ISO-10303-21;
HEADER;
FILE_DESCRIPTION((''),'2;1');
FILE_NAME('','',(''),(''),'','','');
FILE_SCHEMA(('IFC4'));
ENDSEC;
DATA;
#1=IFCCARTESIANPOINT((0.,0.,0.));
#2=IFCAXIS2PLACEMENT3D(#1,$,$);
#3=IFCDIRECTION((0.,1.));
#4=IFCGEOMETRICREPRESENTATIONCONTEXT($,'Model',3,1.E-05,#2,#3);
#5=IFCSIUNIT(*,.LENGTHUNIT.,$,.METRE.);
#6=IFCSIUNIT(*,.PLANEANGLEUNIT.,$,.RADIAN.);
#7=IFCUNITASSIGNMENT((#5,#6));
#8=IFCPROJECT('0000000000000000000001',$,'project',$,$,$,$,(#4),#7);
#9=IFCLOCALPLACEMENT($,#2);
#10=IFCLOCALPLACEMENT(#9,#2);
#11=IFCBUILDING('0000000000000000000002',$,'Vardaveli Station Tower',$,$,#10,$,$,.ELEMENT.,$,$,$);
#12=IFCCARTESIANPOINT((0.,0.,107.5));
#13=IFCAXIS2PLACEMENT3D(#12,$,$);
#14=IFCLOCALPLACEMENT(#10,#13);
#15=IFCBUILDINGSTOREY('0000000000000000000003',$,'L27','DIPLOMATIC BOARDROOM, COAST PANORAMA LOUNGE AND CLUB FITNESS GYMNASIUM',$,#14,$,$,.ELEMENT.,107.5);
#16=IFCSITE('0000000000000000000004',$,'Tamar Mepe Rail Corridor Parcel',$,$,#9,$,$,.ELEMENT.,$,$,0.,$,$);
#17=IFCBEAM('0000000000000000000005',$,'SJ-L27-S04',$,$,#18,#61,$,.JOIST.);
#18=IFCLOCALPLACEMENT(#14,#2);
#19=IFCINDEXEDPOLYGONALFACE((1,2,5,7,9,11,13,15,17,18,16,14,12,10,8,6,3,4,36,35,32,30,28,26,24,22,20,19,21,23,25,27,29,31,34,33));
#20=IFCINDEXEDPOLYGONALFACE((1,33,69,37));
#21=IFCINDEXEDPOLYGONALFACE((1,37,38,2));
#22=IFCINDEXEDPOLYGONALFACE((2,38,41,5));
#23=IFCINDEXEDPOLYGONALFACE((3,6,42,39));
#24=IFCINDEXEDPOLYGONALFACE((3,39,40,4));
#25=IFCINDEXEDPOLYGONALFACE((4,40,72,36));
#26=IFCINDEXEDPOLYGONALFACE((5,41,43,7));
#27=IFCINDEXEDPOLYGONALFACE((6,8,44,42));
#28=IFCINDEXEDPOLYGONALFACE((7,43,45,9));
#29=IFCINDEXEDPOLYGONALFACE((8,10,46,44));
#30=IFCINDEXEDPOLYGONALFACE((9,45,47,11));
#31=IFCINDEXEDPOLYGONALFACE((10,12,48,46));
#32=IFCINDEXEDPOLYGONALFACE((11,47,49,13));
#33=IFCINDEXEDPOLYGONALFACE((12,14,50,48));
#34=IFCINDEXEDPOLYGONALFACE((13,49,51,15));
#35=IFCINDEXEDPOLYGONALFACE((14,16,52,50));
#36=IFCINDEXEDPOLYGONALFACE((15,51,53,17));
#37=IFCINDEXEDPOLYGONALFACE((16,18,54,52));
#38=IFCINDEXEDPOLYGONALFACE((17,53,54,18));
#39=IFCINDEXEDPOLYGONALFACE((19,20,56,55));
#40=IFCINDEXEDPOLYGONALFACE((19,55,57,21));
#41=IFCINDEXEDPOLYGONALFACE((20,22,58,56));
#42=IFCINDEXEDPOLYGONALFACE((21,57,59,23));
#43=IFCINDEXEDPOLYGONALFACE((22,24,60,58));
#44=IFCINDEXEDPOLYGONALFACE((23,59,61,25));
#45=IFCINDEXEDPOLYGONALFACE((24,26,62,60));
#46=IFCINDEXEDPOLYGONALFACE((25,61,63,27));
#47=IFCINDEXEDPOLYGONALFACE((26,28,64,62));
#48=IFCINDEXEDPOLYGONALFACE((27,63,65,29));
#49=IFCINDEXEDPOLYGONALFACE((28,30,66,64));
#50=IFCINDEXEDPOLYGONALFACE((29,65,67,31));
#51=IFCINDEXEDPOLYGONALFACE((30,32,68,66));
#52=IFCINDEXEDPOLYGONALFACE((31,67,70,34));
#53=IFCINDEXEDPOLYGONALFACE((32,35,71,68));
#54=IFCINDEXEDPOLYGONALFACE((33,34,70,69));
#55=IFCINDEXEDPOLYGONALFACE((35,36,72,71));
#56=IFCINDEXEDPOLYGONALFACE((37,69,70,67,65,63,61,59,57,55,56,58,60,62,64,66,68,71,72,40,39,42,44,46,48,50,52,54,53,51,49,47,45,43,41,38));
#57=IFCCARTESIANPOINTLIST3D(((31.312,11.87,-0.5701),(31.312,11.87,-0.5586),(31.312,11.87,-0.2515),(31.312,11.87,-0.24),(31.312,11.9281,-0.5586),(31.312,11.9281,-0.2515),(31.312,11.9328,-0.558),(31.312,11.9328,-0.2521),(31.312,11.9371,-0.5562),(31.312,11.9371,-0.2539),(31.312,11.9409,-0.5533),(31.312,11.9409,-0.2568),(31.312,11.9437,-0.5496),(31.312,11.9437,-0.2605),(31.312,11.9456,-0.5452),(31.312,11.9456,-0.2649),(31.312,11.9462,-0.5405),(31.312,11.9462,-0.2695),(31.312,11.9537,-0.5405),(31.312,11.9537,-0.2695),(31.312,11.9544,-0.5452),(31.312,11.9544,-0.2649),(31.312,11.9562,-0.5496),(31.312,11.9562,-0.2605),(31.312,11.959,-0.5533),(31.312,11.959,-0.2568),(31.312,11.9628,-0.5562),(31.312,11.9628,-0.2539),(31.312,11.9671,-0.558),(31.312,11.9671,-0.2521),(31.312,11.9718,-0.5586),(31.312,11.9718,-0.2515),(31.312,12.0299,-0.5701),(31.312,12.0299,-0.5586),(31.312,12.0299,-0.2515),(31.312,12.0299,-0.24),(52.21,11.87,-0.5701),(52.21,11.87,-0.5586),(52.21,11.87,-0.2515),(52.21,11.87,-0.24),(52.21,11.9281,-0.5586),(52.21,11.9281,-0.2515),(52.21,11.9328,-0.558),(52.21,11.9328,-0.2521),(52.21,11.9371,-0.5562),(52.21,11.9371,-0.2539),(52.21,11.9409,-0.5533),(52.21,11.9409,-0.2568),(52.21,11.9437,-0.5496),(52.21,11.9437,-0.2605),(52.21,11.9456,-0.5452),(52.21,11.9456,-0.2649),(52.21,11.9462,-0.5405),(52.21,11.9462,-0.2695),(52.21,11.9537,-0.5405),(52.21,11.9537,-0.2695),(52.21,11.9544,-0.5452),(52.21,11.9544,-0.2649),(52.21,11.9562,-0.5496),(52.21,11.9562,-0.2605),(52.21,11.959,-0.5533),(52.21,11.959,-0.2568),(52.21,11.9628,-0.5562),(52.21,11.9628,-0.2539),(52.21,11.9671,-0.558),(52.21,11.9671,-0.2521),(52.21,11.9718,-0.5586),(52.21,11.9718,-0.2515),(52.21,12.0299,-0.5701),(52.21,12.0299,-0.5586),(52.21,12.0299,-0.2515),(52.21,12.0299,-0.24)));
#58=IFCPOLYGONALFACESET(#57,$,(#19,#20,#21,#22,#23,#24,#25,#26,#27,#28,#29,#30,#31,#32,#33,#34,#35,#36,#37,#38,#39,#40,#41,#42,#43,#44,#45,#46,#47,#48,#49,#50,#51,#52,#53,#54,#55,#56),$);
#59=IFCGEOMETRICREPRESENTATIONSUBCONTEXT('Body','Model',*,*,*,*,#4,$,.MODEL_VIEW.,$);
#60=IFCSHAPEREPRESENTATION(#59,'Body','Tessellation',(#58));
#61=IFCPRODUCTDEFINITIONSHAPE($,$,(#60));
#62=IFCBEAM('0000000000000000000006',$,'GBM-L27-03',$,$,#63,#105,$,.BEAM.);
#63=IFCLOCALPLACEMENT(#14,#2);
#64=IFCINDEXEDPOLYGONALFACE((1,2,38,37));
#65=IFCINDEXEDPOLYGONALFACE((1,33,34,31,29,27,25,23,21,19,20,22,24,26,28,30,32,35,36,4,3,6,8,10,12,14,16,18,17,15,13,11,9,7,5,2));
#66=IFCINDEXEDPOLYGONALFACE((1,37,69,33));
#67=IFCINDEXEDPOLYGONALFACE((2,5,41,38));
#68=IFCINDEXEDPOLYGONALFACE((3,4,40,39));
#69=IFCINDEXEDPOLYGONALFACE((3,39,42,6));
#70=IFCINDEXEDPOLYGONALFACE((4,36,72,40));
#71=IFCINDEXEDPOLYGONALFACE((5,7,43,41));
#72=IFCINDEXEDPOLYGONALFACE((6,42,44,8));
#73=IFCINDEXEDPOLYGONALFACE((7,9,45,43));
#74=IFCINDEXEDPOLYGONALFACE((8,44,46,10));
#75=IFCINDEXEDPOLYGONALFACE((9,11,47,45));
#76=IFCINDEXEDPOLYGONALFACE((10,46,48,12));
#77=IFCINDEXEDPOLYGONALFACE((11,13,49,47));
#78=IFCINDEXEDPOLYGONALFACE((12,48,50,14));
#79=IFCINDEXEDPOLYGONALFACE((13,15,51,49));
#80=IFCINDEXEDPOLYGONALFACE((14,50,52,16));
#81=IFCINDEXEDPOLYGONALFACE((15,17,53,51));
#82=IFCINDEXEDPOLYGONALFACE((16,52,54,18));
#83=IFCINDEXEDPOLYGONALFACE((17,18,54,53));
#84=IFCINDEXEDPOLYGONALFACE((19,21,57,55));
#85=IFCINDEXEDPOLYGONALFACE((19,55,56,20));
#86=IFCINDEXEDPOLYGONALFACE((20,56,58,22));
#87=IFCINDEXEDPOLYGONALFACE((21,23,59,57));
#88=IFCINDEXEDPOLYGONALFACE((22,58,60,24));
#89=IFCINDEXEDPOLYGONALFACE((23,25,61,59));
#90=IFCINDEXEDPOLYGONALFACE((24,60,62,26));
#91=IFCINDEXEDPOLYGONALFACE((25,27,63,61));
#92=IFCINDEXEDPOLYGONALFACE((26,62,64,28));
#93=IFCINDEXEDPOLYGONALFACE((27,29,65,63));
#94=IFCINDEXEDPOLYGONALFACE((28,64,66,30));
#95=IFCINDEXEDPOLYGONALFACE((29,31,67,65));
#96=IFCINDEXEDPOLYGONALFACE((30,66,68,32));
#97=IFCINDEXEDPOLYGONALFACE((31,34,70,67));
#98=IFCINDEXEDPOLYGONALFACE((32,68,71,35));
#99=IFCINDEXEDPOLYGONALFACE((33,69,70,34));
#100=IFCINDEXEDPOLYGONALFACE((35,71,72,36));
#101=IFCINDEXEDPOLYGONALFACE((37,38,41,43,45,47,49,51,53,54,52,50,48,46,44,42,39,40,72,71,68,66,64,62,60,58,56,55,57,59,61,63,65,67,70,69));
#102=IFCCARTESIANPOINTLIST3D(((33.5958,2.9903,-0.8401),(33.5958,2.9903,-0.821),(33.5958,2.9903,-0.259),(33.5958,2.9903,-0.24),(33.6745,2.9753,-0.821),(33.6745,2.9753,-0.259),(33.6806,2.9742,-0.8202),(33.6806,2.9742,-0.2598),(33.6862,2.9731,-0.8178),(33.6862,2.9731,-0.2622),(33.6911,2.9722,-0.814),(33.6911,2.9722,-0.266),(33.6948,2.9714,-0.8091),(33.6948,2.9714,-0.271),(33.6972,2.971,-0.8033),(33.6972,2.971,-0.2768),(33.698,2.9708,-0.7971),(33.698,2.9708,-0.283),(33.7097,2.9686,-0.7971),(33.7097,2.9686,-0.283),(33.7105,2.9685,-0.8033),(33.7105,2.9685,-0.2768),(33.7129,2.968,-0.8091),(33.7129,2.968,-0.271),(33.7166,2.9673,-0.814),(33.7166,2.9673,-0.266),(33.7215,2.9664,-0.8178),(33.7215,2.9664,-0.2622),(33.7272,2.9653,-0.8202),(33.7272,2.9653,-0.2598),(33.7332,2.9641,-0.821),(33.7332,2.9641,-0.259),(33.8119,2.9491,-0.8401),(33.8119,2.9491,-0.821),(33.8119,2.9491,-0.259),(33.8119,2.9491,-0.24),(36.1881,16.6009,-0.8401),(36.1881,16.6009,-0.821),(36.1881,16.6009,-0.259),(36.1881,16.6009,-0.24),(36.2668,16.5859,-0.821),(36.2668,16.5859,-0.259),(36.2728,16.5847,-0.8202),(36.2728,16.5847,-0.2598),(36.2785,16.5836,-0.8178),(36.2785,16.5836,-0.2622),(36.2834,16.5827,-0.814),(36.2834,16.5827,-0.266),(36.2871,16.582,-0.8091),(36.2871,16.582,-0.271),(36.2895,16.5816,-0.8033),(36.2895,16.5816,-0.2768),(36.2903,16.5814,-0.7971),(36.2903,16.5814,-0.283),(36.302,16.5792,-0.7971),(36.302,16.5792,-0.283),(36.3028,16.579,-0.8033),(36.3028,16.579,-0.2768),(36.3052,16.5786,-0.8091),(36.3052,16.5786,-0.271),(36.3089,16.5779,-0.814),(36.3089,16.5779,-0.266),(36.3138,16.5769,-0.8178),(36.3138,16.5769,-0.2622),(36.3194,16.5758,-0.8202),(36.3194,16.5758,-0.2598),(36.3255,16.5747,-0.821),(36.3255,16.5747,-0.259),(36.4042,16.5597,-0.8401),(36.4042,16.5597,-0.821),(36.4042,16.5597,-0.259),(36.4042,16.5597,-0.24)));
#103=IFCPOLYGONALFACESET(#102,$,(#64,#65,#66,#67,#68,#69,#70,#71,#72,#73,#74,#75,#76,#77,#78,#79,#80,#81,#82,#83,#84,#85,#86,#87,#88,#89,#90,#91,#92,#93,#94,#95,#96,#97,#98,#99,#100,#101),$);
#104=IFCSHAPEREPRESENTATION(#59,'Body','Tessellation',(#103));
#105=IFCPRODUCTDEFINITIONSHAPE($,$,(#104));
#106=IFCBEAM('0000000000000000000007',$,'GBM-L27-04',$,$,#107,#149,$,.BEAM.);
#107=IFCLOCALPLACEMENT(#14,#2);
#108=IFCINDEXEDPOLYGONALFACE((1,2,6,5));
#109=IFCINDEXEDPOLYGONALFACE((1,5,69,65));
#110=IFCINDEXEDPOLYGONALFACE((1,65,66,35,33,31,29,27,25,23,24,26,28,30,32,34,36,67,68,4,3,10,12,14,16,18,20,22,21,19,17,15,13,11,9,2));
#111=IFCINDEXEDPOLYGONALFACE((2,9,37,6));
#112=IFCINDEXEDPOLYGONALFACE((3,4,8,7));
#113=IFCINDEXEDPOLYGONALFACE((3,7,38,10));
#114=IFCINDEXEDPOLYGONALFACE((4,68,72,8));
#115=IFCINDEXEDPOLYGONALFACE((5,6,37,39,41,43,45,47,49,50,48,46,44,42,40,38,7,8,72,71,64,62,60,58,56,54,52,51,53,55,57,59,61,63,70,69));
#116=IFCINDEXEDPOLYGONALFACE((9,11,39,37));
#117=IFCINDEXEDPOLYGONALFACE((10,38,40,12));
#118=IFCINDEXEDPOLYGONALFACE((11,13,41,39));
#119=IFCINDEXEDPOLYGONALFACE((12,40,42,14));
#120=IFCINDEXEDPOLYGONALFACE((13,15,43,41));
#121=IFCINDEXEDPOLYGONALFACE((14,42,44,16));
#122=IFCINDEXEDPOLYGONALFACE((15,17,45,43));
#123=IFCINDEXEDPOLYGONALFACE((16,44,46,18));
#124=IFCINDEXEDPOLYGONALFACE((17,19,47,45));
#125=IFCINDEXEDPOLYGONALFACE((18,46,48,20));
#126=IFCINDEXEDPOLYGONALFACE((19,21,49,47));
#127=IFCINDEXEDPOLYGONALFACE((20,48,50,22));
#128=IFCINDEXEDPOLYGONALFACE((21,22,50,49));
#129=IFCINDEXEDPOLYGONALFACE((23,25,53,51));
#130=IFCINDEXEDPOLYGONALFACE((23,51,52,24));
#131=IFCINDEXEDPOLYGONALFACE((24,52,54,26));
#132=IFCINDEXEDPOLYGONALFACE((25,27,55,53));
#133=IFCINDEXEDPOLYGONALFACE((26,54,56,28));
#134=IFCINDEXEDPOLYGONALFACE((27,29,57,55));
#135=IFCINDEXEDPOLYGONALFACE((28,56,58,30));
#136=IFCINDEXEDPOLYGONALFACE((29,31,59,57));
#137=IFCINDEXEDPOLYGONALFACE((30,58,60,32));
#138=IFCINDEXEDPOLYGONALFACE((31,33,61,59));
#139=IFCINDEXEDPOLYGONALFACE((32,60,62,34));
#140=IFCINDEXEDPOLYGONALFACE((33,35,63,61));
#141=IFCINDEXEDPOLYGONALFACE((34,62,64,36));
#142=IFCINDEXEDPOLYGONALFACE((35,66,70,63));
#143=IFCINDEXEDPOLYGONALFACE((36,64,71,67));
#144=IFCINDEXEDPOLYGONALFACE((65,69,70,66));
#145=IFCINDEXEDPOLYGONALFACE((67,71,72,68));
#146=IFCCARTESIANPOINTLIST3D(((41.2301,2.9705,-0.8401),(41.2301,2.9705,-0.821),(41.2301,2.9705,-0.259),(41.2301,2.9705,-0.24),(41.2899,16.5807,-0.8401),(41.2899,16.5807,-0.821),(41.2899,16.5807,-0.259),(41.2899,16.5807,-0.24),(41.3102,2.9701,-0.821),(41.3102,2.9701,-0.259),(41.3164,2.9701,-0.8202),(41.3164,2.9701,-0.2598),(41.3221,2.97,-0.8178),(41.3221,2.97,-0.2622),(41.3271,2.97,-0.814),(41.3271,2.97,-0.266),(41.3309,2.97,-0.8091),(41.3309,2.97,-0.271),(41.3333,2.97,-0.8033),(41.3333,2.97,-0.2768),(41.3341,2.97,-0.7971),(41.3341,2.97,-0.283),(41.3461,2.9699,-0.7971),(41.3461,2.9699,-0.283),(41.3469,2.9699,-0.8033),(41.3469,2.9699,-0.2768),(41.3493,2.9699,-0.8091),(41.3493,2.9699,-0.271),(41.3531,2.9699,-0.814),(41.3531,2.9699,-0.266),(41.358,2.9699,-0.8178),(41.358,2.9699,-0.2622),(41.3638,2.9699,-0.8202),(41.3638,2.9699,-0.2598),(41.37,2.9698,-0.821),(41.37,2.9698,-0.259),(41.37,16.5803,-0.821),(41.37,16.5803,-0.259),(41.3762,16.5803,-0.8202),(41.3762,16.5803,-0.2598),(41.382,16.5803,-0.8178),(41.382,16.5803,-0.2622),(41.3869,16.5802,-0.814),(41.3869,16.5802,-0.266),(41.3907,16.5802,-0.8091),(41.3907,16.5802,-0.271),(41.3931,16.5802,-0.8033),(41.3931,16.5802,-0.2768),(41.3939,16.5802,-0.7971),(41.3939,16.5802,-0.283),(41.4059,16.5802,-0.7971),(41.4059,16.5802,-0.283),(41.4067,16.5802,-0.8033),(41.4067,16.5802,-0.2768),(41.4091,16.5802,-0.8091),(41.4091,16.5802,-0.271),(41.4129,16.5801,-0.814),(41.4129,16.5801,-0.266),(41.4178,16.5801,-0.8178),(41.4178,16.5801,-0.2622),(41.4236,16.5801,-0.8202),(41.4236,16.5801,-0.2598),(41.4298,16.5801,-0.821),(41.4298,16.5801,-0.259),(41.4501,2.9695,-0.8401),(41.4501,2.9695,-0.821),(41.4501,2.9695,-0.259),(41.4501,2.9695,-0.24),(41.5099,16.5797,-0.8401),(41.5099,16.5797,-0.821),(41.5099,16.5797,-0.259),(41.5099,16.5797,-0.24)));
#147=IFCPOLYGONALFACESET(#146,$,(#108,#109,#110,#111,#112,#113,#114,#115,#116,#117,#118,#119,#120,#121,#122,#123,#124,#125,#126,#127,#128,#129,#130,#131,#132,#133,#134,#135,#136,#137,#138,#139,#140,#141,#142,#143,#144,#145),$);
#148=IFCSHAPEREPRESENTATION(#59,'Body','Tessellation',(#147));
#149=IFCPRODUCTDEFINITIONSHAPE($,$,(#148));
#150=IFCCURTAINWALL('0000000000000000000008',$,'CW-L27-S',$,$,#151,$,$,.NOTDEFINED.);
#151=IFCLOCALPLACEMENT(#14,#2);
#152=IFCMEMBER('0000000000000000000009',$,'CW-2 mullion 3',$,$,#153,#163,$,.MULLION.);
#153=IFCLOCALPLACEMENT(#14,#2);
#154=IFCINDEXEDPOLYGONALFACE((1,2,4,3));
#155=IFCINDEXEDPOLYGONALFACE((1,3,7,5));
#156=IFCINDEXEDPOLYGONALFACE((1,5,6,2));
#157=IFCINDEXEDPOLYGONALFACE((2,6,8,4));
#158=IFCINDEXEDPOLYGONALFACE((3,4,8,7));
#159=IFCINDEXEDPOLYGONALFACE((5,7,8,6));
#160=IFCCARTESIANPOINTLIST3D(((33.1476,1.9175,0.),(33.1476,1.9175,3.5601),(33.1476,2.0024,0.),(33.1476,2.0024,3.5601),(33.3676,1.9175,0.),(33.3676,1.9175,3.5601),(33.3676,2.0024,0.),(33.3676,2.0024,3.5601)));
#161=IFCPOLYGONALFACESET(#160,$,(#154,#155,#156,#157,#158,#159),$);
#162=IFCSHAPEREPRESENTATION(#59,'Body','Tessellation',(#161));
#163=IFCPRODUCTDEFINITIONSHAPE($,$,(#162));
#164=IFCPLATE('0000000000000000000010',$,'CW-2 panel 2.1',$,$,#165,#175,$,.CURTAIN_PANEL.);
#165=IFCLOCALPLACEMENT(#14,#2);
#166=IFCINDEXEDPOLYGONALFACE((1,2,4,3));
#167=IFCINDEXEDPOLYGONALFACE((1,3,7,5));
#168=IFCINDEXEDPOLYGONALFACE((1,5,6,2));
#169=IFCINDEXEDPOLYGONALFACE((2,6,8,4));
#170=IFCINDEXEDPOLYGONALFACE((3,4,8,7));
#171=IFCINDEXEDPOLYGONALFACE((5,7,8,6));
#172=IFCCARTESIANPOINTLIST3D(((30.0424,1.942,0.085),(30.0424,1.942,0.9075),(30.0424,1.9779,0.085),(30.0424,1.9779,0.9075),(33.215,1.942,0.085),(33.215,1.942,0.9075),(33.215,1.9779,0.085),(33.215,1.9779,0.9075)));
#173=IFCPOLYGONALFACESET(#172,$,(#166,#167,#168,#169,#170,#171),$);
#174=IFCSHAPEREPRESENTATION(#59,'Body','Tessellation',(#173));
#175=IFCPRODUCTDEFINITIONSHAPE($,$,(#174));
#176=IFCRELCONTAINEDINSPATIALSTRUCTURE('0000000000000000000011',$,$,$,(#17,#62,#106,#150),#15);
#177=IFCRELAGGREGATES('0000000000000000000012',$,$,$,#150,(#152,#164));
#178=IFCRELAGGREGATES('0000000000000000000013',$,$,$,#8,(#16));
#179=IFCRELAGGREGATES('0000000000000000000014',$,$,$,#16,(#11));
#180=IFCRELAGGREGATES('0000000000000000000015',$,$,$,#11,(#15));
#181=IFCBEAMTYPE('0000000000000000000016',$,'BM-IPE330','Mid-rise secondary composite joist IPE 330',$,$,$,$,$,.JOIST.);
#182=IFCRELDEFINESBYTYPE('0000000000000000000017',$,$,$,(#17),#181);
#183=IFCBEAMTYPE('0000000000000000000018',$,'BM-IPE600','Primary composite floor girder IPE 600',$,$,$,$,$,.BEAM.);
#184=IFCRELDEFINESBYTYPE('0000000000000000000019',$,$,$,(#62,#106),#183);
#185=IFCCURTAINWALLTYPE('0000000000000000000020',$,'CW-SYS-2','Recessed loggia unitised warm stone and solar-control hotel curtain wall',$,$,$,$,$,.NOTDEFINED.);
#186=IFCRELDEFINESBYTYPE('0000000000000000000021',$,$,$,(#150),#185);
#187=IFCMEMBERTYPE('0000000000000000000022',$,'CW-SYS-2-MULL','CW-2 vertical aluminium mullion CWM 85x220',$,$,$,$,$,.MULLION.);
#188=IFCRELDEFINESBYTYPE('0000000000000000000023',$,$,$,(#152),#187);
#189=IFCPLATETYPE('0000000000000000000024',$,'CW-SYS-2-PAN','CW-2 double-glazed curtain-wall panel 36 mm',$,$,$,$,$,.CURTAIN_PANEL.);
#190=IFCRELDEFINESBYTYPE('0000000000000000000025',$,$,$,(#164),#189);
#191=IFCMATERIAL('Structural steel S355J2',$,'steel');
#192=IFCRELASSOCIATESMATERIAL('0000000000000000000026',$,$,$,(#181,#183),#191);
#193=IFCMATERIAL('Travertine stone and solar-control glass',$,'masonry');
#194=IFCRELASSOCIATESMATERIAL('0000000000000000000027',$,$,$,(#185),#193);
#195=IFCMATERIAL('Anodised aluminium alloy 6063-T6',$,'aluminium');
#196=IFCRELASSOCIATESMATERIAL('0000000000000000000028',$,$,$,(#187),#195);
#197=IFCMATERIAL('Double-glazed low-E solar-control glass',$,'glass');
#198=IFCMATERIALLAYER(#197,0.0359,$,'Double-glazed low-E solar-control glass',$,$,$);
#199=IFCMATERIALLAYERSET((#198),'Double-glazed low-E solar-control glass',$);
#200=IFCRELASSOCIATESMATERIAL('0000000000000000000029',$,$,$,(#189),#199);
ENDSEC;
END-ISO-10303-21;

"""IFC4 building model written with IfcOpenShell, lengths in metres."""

from ifc_helpers import new_model, si_unit, direction, frame, origin, origin_2d, place, context, subcontext, project, spatial, rectangle, i_section, extrude, source, transform, mapped, material, layer, layer_set, material_profile, profile_set, type_object, element, aggregate, save


model = new_model("IFC4")

# Units and contexts
model_context = context("Model", 3, precision=1e-05, world=origin(), true_north=direction((0.0, 1.0)))
body_context = subcontext(model_context, "Body", "Model", "MODEL_VIEW")
ifc_project = project(units=[si_unit("LENGTHUNIT", "METRE"), si_unit("PLANEANGLEUNIT", "RADIAN")], contexts=[model_context])

# Site, building, storey
site_placement = place(None, origin())
site = spatial("IfcSite", under=ifc_project, at=site_placement, Name="Tamar Mepe Rail Corridor Parcel", CompositionType="ELEMENT", RefElevation=0.0)
building_placement = place(site_placement, origin())
building = spatial("IfcBuilding", under=site, at=building_placement, Name="Vardaveli Station Tower", CompositionType="ELEMENT")
storey_placement = place(building_placement, frame((0.0, 0.0, 107.5)))
storey = spatial("IfcBuildingStorey", under=building, at=storey_placement, Name="L27", Description="DIPLOMATIC BOARDROOM, COAST PANORAMA LOUNGE AND CLUB FITNESS GYMNASIUM", CompositionType="ELEMENT", Elevation=107.5)

# Beams
ifc_material_1 = material(Name="Structural steel S355J2", Category="steel")
ifc_material_profile_1 = material_profile(ifc_material_1, i_section(OverallWidth=0.1599, OverallDepth=0.3301, WebThickness=0.0076, FlangeThickness=0.0115, FilletRadius=0.0181, at=origin_2d()), Name="IPE 330")
ifc_profile_set_1 = profile_set([ifc_material_profile_1], Name="Structural steel S355J2")
beam_type_1 = type_object("IfcBeamType", Name="BM-IPE330", Description="Mid-rise secondary composite joist IPE 330", PredefinedType="JOIST", material=ifc_profile_set_1)
shared_shape_1 = source(origin(), body_context, "Body", "SweptSolid", [
    extrude(i_section(OverallWidth=0.1599, OverallDepth=0.3301, WebThickness=0.0076, FlangeThickness=0.0115, FilletRadius=0.0181, at=origin_2d()), origin(), (0.0, 0.0, 1.0), 20.8979),
])
for number, where, z_axis, x_axis, name in (
    (1, (31.312, 11.95, -0.405), (1.0, 0.0, 0.0), (0.0, 1.0, 0.0), "SJ-L27-S04"),
):
    element("IfcBeam", number, at=place(storey_placement, frame(where, z_axis=z_axis, x_axis=x_axis)), inside=storey, type_object=beam_type_1, Name=name, PredefinedType="JOIST", context=body_context, shape_type="MappedRepresentation", body=[
        mapped(shared_shape_1, transform((0.0, 0.0, 0.0), scale=1.0)),
    ])
ifc_material_profile_2 = material_profile(ifc_material_1, i_section(OverallWidth=0.22, OverallDepth=0.6001, WebThickness=0.012, FlangeThickness=0.019, FilletRadius=0.0239, at=origin_2d()), Name="IPE 600")
ifc_profile_set_2 = profile_set([ifc_material_profile_2], Name="Structural steel S355J2")
beam_type_2 = type_object("IfcBeamType", Name="BM-IPE600", Description="Primary composite floor girder IPE 600", PredefinedType="BEAM", material=ifc_profile_set_2)
shared_shape_2 = source(origin(), body_context, "Body", "SweptSolid", [
    extrude(i_section(OverallWidth=0.22, OverallDepth=0.6001, WebThickness=0.012, FlangeThickness=0.019, FilletRadius=0.0239, at=origin_2d()), origin(), (0.0, 0.0, 1.0), 13.8552),
])
beam_1_placement = place(storey_placement, frame((33.7039, 2.9697, -0.54), z_axis=(0.187098, 0.982341, 0.0), x_axis=(-0.982341, 0.187098, 0.0)))
element("IfcBeam", 2, at=beam_1_placement, inside=storey, type_object=beam_type_2, Name="GBM-L27-03", PredefinedType="BEAM", context=body_context, shape_type="MappedRepresentation", body=[
    mapped(shared_shape_2, transform((0.0, 0.0, 0.0), scale=1.0)),
])
shared_shape_3 = source(origin(), body_context, "Body", "SweptSolid", [
    extrude(i_section(OverallWidth=0.22, OverallDepth=0.6001, WebThickness=0.012, FlangeThickness=0.019, FilletRadius=0.0239, at=origin_2d()), origin(), (0.0, 0.0, 1.0), 13.6104),
])
beam_2_placement = place(storey_placement, frame((41.3401, 2.97, -0.54), z_axis=(0.004395, 0.99999, 0.0), x_axis=(-0.99999, 0.004395, 0.0)))
element("IfcBeam", 3, at=beam_2_placement, inside=storey, type_object=beam_type_2, Name="GBM-L27-04", PredefinedType="BEAM", context=body_context, shape_type="MappedRepresentation", body=[
    mapped(shared_shape_3, transform((0.0, 0.0, 0.0), scale=1.0)),
])

# Curtain wall, member, plate
ifc_material_2 = material(Name="Travertine stone and solar-control glass", Category="masonry")
curtain_wall_type = type_object("IfcCurtainWallType", Name="CW-SYS-2", Description="Recessed loggia unitised warm stone and solar-control hotel curtain wall", PredefinedType="NOTDEFINED", material=ifc_material_2)
curtain_wall_placement = place(storey_placement, origin())
curtain_wall = element("IfcCurtainWall", 4, at=curtain_wall_placement, inside=storey, type_object=curtain_wall_type, Name="CW-L27-S", PredefinedType="NOTDEFINED")
ifc_material_3 = material(Name="Anodised aluminium alloy 6063-T6", Category="aluminium")
ifc_material_profile_3 = material_profile(ifc_material_3, rectangle(XDim=0.085, YDim=0.22, at=origin_2d()), Name="CWM 85x220")
ifc_profile_set_3 = profile_set([ifc_material_profile_3], Name="Anodised aluminium alloy 6063-T6")
member_type = type_object("IfcMemberType", Name="CW-SYS-2-MULL", Description="CW-2 vertical aluminium mullion CWM 85x220", PredefinedType="MULLION", material=ifc_profile_set_3)
shared_shape_4 = source(origin(), body_context, "Body", "SweptSolid", [
    extrude(rectangle(XDim=0.085, YDim=0.22, at=origin_2d()), origin(), (0.0, 0.0, 1.0), 3.5601),
])
member_placement = place(storey_placement, frame((33.2576, 1.96, 0.0), z_axis=(0.0, 0.0, 1.0), x_axis=(0.0, 1.0, 0.0)))
member = element("IfcMember", 5, at=member_placement, type_object=member_type, Name="CW-2 mullion 3", PredefinedType="MULLION", context=body_context, shape_type="MappedRepresentation", body=[
    mapped(shared_shape_4, transform((0.0, 0.0, 0.0), scale=1.0)),
])
ifc_material_4 = material(Name="Double-glazed low-E solar-control glass", Category="glass")
ifc_layer_1 = layer(ifc_material_4, 0.0359, Name="Double-glazed low-E solar-control glass")
ifc_layer_set_1 = layer_set([ifc_layer_1], Name="Double-glazed low-E solar-control glass")
plate_type = type_object("IfcPlateType", Name="CW-SYS-2-PAN", Description="CW-2 double-glazed curtain-wall panel 36 mm", PredefinedType="CURTAIN_PANEL", material=ifc_layer_set_1)
shared_shape_5 = source(origin(), body_context, "Body", "SweptSolid", [
    extrude(rectangle(XDim=3.1726, YDim=0.0359, at=origin_2d()), origin(), (0.0, 0.0, 1.0), 0.8225),
])
plate_1_placement = place(storey_placement, frame((31.6287, 1.96, 0.085), z_axis=(0.0, 0.0, 1.0), x_axis=(1.0, 0.0, 0.0)))
plate_1 = element("IfcPlate", 6, at=plate_1_placement, type_object=plate_type, Name="CW-2 panel 2.1", PredefinedType="CURTAIN_PANEL", context=body_context, shape_type="MappedRepresentation", body=[
    mapped(shared_shape_5, transform((0.0, 0.0, 0.0), scale=1.0)),
])
aggregate(curtain_wall, [member, plate_1])

save(model, "model.ifc")
